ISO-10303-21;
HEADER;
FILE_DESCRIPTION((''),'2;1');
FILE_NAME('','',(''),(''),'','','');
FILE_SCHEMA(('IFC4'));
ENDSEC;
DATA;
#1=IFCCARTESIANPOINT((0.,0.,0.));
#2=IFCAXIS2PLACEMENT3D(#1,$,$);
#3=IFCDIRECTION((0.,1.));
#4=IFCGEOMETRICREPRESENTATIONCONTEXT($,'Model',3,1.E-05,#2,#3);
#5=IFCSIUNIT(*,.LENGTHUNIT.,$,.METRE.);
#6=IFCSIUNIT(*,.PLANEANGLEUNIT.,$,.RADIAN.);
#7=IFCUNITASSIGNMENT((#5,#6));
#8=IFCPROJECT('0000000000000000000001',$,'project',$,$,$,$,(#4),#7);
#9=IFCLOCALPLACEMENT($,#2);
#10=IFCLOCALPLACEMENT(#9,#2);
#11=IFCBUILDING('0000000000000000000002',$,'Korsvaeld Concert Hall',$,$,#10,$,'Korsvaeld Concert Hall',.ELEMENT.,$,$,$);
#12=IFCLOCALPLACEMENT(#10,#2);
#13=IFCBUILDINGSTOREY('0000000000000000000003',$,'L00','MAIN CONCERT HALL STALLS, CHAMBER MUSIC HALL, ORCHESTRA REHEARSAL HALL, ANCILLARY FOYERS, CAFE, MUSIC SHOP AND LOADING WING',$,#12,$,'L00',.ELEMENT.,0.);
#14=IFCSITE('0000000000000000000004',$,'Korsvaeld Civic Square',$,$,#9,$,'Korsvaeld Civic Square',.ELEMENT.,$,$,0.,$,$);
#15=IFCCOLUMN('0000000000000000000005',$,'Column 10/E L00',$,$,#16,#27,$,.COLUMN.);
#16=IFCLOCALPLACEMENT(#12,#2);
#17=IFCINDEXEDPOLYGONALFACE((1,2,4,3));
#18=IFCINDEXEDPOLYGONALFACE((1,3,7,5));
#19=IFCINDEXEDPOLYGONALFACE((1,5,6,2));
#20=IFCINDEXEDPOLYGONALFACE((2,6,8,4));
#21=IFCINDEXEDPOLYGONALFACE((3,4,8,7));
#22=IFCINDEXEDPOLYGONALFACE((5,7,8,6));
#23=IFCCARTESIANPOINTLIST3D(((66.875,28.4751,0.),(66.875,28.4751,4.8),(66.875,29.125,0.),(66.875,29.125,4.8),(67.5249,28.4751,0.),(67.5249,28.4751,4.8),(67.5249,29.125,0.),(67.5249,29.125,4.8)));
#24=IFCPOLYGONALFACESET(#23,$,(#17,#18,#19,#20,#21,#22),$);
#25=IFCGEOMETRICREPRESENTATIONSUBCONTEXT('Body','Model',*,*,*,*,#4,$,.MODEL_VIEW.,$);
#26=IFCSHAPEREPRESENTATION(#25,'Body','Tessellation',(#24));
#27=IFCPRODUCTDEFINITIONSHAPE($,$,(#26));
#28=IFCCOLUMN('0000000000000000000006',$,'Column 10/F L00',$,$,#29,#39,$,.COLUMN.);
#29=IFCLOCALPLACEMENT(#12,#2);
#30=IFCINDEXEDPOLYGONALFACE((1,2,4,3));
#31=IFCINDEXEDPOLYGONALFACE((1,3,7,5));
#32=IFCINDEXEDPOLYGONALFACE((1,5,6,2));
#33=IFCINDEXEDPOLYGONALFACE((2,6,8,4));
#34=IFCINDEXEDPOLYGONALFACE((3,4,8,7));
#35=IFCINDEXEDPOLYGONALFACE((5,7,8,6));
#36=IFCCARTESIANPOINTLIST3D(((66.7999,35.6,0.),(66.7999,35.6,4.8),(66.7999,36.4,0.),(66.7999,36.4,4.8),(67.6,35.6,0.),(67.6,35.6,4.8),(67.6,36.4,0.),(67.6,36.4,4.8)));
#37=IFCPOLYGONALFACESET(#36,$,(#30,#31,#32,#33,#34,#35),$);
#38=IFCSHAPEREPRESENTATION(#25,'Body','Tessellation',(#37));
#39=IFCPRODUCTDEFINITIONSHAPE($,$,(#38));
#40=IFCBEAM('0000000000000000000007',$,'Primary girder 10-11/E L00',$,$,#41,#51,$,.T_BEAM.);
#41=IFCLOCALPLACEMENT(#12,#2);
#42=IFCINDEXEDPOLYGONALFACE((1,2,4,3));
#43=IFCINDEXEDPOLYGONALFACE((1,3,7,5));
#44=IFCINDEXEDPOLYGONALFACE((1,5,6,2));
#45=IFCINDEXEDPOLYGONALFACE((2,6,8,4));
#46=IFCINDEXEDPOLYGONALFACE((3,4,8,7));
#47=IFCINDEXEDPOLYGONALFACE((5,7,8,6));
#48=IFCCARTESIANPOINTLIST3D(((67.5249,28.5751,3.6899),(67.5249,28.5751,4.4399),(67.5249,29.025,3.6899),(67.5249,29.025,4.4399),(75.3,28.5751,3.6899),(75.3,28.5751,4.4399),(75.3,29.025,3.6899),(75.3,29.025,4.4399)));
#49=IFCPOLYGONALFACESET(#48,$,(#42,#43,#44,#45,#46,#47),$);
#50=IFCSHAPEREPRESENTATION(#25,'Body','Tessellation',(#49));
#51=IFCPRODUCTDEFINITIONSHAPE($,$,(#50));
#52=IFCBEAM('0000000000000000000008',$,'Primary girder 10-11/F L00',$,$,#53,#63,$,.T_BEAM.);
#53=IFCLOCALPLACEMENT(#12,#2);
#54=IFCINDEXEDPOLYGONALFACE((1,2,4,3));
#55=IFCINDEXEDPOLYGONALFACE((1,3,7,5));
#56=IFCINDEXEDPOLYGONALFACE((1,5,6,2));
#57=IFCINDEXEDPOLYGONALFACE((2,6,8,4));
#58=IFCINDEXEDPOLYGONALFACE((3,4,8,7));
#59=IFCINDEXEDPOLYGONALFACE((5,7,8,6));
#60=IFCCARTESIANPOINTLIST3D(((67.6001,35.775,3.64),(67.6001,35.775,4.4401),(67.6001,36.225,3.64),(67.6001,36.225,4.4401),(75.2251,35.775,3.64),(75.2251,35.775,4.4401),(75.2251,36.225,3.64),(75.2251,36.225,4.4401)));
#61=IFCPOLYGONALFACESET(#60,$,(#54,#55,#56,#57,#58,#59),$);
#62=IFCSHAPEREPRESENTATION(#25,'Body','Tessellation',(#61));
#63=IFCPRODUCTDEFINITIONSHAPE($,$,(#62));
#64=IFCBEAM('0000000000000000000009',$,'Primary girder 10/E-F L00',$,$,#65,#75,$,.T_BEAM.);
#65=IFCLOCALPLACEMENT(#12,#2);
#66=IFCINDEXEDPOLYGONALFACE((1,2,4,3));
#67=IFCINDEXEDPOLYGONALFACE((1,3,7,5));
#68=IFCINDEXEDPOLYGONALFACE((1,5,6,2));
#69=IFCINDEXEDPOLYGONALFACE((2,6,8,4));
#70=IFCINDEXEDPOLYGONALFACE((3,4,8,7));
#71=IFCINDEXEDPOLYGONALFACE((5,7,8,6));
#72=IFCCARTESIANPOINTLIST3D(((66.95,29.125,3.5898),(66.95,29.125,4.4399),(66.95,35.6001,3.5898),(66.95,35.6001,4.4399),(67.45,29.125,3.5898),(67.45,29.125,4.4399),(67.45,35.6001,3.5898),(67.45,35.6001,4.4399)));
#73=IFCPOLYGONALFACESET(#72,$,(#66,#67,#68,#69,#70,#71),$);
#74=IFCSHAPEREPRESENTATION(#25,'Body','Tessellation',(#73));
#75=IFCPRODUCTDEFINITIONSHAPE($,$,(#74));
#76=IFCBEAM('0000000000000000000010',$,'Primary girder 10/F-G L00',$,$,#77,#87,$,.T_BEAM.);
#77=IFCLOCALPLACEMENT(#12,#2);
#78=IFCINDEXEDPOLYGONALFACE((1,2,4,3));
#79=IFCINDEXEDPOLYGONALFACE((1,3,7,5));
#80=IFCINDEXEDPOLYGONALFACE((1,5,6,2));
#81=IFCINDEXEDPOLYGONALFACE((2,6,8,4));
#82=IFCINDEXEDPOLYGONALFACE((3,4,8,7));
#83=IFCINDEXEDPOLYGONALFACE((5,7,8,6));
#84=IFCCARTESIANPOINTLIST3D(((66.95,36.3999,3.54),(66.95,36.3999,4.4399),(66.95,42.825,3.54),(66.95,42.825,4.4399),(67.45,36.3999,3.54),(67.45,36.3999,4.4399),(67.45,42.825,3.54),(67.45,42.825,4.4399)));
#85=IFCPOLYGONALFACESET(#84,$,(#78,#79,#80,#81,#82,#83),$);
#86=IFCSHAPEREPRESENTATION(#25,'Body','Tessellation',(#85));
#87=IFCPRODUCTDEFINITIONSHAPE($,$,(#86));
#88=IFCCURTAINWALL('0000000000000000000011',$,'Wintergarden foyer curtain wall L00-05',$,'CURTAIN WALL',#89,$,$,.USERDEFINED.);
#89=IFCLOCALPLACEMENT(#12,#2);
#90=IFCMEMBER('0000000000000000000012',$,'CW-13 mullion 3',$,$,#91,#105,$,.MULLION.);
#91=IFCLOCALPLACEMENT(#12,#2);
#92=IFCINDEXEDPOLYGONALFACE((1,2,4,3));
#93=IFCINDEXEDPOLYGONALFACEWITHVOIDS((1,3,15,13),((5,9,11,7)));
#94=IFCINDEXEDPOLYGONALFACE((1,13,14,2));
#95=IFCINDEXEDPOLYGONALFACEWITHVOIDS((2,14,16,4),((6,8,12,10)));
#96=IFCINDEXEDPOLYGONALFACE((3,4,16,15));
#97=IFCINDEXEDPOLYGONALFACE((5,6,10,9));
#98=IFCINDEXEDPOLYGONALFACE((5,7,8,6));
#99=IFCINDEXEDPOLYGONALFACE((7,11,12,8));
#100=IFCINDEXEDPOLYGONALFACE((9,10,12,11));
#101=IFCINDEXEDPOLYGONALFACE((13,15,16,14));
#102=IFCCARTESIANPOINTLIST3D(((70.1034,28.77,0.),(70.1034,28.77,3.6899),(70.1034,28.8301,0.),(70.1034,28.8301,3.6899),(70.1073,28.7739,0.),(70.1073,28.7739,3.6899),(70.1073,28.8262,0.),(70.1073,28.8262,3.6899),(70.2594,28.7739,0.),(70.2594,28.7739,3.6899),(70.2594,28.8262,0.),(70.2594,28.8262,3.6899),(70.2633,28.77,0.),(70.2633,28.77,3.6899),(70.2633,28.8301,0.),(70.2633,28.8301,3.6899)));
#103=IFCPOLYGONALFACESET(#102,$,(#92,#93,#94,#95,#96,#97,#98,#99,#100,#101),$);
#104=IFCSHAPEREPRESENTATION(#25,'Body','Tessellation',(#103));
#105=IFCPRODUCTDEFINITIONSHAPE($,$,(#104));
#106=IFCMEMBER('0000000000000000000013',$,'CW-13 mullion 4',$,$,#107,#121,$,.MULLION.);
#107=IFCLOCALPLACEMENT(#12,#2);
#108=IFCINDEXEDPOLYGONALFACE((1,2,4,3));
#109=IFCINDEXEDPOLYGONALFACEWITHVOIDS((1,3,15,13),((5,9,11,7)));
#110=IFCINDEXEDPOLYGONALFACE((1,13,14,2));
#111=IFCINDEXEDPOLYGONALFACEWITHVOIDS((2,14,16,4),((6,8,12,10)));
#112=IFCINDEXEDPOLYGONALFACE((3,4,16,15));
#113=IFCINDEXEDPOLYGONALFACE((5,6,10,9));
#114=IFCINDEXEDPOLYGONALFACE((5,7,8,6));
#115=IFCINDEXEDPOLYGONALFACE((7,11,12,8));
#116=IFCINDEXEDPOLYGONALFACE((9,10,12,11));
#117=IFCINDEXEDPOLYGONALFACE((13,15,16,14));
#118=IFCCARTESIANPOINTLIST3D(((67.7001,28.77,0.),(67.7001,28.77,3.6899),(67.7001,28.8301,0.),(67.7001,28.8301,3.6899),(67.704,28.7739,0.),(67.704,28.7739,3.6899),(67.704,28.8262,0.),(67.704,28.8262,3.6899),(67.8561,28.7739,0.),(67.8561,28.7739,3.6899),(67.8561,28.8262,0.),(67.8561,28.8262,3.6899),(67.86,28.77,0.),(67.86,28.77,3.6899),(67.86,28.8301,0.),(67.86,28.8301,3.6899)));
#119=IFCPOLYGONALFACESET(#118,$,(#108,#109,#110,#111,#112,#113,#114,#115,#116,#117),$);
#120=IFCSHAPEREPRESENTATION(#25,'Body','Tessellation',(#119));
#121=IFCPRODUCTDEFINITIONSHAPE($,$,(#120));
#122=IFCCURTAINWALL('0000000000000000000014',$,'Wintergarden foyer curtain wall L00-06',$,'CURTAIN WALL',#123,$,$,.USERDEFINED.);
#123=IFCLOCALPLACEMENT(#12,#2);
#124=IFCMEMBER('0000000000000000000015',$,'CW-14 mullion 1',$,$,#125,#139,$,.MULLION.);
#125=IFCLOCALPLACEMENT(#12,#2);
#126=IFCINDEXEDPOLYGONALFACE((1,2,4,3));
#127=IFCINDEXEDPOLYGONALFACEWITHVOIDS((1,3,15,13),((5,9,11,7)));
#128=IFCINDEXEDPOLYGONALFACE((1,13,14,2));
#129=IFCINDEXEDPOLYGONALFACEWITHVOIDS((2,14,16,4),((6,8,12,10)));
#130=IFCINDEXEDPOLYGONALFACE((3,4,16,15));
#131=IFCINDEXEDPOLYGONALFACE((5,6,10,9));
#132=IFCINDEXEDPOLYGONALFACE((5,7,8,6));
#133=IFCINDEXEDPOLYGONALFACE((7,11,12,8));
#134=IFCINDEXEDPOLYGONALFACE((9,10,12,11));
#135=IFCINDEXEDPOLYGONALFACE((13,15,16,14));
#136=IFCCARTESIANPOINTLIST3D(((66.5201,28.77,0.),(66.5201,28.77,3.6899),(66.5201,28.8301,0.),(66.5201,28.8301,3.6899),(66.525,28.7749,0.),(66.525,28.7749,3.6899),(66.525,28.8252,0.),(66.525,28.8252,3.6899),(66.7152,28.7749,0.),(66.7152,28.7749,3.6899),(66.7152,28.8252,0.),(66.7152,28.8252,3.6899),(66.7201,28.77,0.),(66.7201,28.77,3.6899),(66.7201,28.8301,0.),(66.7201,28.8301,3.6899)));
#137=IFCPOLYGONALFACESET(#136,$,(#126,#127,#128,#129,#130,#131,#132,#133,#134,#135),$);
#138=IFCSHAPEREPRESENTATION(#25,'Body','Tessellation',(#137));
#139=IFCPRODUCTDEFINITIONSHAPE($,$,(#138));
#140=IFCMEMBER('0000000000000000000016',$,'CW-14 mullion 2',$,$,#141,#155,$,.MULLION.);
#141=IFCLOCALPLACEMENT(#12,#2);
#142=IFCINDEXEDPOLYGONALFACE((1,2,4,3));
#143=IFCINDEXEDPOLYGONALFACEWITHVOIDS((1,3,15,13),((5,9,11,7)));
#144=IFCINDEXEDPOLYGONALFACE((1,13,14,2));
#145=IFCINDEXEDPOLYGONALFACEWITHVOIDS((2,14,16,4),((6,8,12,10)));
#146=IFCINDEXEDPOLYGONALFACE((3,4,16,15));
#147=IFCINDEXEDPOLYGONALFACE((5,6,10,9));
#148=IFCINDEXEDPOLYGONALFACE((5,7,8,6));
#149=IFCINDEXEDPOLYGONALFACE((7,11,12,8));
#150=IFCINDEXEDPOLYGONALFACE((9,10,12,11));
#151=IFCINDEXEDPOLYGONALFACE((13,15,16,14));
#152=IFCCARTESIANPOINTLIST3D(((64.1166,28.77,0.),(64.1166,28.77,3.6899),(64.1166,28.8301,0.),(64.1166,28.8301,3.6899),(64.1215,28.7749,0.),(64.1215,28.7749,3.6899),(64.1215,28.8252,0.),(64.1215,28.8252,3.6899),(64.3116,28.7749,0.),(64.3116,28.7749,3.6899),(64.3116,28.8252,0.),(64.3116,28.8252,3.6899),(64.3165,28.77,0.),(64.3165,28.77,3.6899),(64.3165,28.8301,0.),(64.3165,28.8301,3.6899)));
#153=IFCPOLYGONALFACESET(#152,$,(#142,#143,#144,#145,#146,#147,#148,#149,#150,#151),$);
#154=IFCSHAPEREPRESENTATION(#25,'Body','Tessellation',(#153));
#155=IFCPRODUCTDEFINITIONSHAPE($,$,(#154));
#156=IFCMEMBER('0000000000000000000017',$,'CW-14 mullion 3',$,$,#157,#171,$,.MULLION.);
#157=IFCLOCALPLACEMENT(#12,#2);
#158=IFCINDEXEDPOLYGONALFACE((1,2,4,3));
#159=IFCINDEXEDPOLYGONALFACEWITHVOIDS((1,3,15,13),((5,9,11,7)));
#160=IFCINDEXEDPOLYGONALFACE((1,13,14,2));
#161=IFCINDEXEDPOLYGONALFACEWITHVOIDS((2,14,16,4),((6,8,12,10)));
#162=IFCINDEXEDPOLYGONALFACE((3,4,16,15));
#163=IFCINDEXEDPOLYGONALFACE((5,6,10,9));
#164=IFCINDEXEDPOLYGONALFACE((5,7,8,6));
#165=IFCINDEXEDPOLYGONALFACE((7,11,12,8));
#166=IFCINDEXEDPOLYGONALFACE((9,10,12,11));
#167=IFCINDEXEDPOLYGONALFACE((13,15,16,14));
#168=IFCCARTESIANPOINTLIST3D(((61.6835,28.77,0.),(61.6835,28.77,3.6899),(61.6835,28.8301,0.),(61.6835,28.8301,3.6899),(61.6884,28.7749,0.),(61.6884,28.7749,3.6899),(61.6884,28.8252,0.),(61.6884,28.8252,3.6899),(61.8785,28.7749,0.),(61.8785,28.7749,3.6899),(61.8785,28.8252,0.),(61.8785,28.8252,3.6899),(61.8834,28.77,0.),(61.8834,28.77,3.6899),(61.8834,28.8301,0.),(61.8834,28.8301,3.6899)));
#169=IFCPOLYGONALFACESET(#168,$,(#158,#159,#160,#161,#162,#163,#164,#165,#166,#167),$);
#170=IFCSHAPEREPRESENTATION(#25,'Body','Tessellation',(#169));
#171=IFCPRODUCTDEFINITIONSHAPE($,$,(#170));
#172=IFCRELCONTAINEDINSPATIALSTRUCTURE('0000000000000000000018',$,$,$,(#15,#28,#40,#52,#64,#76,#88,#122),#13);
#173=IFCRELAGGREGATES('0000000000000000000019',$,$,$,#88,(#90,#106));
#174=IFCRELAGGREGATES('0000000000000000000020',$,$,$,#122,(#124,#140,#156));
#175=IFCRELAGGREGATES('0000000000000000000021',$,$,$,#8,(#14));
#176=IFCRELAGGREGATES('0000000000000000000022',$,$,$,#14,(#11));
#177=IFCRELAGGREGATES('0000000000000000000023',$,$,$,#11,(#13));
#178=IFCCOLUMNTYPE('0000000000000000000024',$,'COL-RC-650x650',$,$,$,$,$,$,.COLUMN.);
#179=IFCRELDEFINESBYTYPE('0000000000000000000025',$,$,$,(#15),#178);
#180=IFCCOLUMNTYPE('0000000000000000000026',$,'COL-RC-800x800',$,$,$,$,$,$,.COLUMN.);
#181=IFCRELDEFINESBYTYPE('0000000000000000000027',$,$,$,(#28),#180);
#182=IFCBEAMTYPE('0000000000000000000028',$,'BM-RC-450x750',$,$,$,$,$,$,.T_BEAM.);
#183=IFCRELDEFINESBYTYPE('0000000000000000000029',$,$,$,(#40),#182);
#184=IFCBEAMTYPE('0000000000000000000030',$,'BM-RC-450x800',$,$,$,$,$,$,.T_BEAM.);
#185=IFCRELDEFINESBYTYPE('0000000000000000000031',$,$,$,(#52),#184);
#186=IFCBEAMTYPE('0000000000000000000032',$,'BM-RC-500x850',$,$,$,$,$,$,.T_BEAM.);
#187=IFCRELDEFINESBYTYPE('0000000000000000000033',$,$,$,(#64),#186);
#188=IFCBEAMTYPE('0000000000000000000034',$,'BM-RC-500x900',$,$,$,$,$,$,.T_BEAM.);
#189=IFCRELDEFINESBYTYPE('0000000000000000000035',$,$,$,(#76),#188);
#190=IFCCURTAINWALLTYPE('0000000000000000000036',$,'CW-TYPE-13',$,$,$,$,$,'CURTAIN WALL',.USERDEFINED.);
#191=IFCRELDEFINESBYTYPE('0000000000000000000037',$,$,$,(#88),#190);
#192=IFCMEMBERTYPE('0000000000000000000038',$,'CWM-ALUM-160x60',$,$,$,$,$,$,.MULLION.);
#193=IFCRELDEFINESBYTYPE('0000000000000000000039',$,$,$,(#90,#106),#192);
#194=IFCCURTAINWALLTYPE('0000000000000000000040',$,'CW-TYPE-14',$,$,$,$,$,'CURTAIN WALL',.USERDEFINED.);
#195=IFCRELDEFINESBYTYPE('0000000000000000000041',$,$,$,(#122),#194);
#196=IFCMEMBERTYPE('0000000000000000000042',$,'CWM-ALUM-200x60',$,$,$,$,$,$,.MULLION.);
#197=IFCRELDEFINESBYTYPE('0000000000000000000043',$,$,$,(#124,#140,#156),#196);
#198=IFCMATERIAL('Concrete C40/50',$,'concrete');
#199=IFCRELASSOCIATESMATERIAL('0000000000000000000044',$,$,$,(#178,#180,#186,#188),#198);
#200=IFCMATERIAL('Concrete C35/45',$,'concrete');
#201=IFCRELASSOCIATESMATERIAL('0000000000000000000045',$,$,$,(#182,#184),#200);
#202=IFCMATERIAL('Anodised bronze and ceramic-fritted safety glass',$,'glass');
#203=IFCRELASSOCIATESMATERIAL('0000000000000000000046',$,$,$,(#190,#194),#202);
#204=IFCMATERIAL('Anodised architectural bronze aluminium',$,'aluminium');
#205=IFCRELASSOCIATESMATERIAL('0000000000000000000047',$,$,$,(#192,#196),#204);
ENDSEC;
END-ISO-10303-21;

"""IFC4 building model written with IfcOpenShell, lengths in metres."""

from ifc_helpers import new_model, si_unit, direction, frame, origin, origin_2d, place, context, subcontext, project, spatial, rectangle, hollow_rectangle, extrude, material, material_profile, profile_set, type_object, element, aggregate, save


model = new_model("IFC4")

# Units and contexts
model_context = context("Model", 3, precision=1e-05, world=origin(), true_north=direction((0.0, 1.0)))
body_context = subcontext(model_context, "Body", "Model", "MODEL_VIEW")
ifc_project = project(units=[si_unit("LENGTHUNIT", "METRE"), si_unit("PLANEANGLEUNIT", "RADIAN")], contexts=[model_context])

# Site, building, storey
site_placement = place(None, origin())
site = spatial("IfcSite", under=ifc_project, at=site_placement, Name="Korsvaeld Civic Square", LongName="Korsvaeld Civic Square", CompositionType="ELEMENT", RefElevation=0.0)
building_placement = place(site_placement, origin())
building = spatial("IfcBuilding", under=site, at=building_placement, Name="Korsvaeld Concert Hall", LongName="Korsvaeld Concert Hall", CompositionType="ELEMENT")
storey_placement = place(building_placement, origin())
storey = spatial("IfcBuildingStorey", under=building, at=storey_placement, Name="L00", Description="MAIN CONCERT HALL STALLS, CHAMBER MUSIC HALL, ORCHESTRA REHEARSAL HALL, ANCILLARY FOYERS, CAFE, MUSIC SHOP AND LOADING WING", LongName="L00", CompositionType="ELEMENT", Elevation=0.0)

# Columns
ifc_material_1 = material(Name="Concrete C40/50", Category="concrete")
ifc_material_profile_1 = material_profile(ifc_material_1, rectangle(XDim=0.6499, YDim=0.6499, at=origin_2d()), Name="RC 650x650")
ifc_profile_set_1 = profile_set([ifc_material_profile_1], Name="Concrete C40/50")
column_type_1 = type_object("IfcColumnType", Name="COL-RC-650x650", PredefinedType="COLUMN", material=ifc_profile_set_1)
column_1_placement = place(storey_placement, frame((67.2, 28.8, 0.0), z_axis=(0.0, 0.0, 1.0), x_axis=(1.0, 0.0, 0.0)))
element("IfcColumn", 1, at=column_1_placement, inside=storey, type_object=column_type_1, Name="Column 10/E L00", PredefinedType="COLUMN", context=body_context, shape_type="SweptSolid", body=[
    extrude(rectangle(XDim=0.6499, YDim=0.6499, at=origin_2d()), origin(), (0.0, 0.0, 1.0), 4.8),
])
ifc_material_profile_2 = material_profile(ifc_material_1, rectangle(XDim=0.8, YDim=0.8, at=origin_2d()), Name="RC 800x800")
ifc_profile_set_2 = profile_set([ifc_material_profile_2], Name="Concrete C40/50")
column_type_2 = type_object("IfcColumnType", Name="COL-RC-800x800", PredefinedType="COLUMN", material=ifc_profile_set_2)
column_2_placement = place(storey_placement, frame((67.2, 36.0, 0.0), z_axis=(0.0, 0.0, 1.0), x_axis=(1.0, 0.0, 0.0)))
element("IfcColumn", 2, at=column_2_placement, inside=storey, type_object=column_type_2, Name="Column 10/F L00", PredefinedType="COLUMN", context=body_context, shape_type="SweptSolid", body=[
    extrude(rectangle(XDim=0.8, YDim=0.8, at=origin_2d()), origin(), (0.0, 0.0, 1.0), 4.8),
])

# Beams
ifc_material_2 = material(Name="Concrete C35/45", Category="concrete")
ifc_material_profile_3 = material_profile(ifc_material_2, rectangle(XDim=0.45, YDim=0.75, at=origin_2d()), Name="RC 450x750")
ifc_profile_set_3 = profile_set([ifc_material_profile_3], Name="Concrete C35/45")
beam_type_1 = type_object("IfcBeamType", Name="BM-RC-450x750", PredefinedType="T_BEAM", material=ifc_profile_set_3)
beam_1_placement = place(storey_placement, frame((67.5249, 28.8, 4.0649), z_axis=(1.0, 0.0, 0.0), x_axis=(0.0, 1.0, 0.0)))
element("IfcBeam", 3, at=beam_1_placement, inside=storey, type_object=beam_type_1, Name="Primary girder 10-11/E L00", PredefinedType="T_BEAM", context=body_context, shape_type="SweptSolid", body=[
    extrude(rectangle(XDim=0.45, YDim=0.75, at=origin_2d()), origin(), (0.0, 0.0, 1.0), 7.7751),
])
ifc_material_profile_4 = material_profile(ifc_material_2, rectangle(XDim=0.45, YDim=0.8, at=origin_2d()), Name="RC 450x800")
ifc_profile_set_4 = profile_set([ifc_material_profile_4], Name="Concrete C35/45")
beam_type_2 = type_object("IfcBeamType", Name="BM-RC-450x800", PredefinedType="T_BEAM", material=ifc_profile_set_4)
beam_2_placement = place(storey_placement, frame((67.6001, 36.0, 4.04), z_axis=(1.0, 0.0, 0.0), x_axis=(0.0, 1.0, 0.0)))
element("IfcBeam", 4, at=beam_2_placement, inside=storey, type_object=beam_type_2, Name="Primary girder 10-11/F L00", PredefinedType="T_BEAM", context=body_context, shape_type="SweptSolid", body=[
    extrude(rectangle(XDim=0.45, YDim=0.8, at=origin_2d()), origin(), (0.0, 0.0, 1.0), 7.625),
])
ifc_material_profile_5 = material_profile(ifc_material_1, rectangle(XDim=0.5, YDim=0.8501, at=origin_2d()), Name="RC 500x850")
ifc_profile_set_5 = profile_set([ifc_material_profile_5], Name="Concrete C40/50")
beam_type_3 = type_object("IfcBeamType", Name="BM-RC-500x850", PredefinedType="T_BEAM", material=ifc_profile_set_5)
beam_3_placement = place(storey_placement, frame((67.2, 29.125, 4.0149), z_axis=(0.0, 1.0, 0.0), x_axis=(-1.0, 0.0, 0.0)))
element("IfcBeam", 5, at=beam_3_placement, inside=storey, type_object=beam_type_3, Name="Primary girder 10/E-F L00", PredefinedType="T_BEAM", context=body_context, shape_type="SweptSolid", body=[
    extrude(rectangle(XDim=0.5, YDim=0.8501, at=origin_2d()), origin(), (0.0, 0.0, 1.0), 6.4751),
])
ifc_material_profile_6 = material_profile(ifc_material_1, rectangle(XDim=0.5, YDim=0.8999, at=origin_2d()), Name="RC 500x900")
ifc_profile_set_6 = profile_set([ifc_material_profile_6], Name="Concrete C40/50")
beam_type_4 = type_object("IfcBeamType", Name="BM-RC-500x900", PredefinedType="T_BEAM", material=ifc_profile_set_6)
beam_4_placement = place(storey_placement, frame((67.2, 36.3999, 3.99), z_axis=(0.0, 1.0, 0.0), x_axis=(-1.0, 0.0, 0.0)))
element("IfcBeam", 6, at=beam_4_placement, inside=storey, type_object=beam_type_4, Name="Primary girder 10/F-G L00", PredefinedType="T_BEAM", context=body_context, shape_type="SweptSolid", body=[
    extrude(rectangle(XDim=0.5, YDim=0.8999, at=origin_2d()), origin(), (0.0, 0.0, 1.0), 6.425),
])

# Curtain walls, members
ifc_material_3 = material(Name="Anodised bronze and ceramic-fritted safety glass", Category="glass")
curtain_wall_type_1 = type_object("IfcCurtainWallType", Name="CW-TYPE-13", ElementType="CURTAIN WALL", PredefinedType="USERDEFINED", material=ifc_material_3)
curtain_wall_1_placement = place(storey_placement, origin())
curtain_wall_1 = element("IfcCurtainWall", 7, at=curtain_wall_1_placement, inside=storey, type_object=curtain_wall_type_1, Name="Wintergarden foyer curtain wall L00-05", ObjectType="CURTAIN WALL", PredefinedType="USERDEFINED")
ifc_material_4 = material(Name="Anodised architectural bronze aluminium", Category="aluminium")
ifc_material_profile_7 = material_profile(ifc_material_4, hollow_rectangle(XDim=0.0601, YDim=0.1599, WallThickness=0.0039, at=origin_2d()), Name="CWM 160x60x4")
ifc_profile_set_7 = profile_set([ifc_material_profile_7], Name="Anodised architectural bronze aluminium")
member_type_1 = type_object("IfcMemberType", Name="CWM-ALUM-160x60", PredefinedType="MULLION", material=ifc_profile_set_7)
member_1_placement = place(storey_placement, frame((70.1833, 28.8, 0.0), z_axis=(0.0, 0.0, 1.0), x_axis=(0.0, -1.0, 0.0)))
member_1 = element("IfcMember", 8, at=member_1_placement, type_object=member_type_1, Name="CW-13 mullion 3", PredefinedType="MULLION", context=body_context, shape_type="SweptSolid", body=[
    extrude(hollow_rectangle(XDim=0.0601, YDim=0.1599, WallThickness=0.0039, at=origin_2d()), origin(), (0.0, 0.0, 1.0), 3.6899),
])
member_2_placement = place(storey_placement, frame((67.78, 28.8, 0.0), z_axis=(0.0, 0.0, 1.0), x_axis=(0.0, -1.0, 0.0)))
member_2 = element("IfcMember", 9, at=member_2_placement, type_object=member_type_1, Name="CW-13 mullion 4", PredefinedType="MULLION", context=body_context, shape_type="SweptSolid", body=[
    extrude(hollow_rectangle(XDim=0.0601, YDim=0.1599, WallThickness=0.0039, at=origin_2d()), origin(), (0.0, 0.0, 1.0), 3.6899),
])
curtain_wall_type_2 = type_object("IfcCurtainWallType", Name="CW-TYPE-14", ElementType="CURTAIN WALL", PredefinedType="USERDEFINED", material=ifc_material_3)
curtain_wall_2_placement = place(storey_placement, origin())
curtain_wall_2 = element("IfcCurtainWall", 10, at=curtain_wall_2_placement, inside=storey, type_object=curtain_wall_type_2, Name="Wintergarden foyer curtain wall L00-06", ObjectType="CURTAIN WALL", PredefinedType="USERDEFINED")
ifc_material_profile_8 = material_profile(ifc_material_4, hollow_rectangle(XDim=0.0601, YDim=0.2, WallThickness=0.0049, at=origin_2d()), Name="CWM 200x60x5")
ifc_profile_set_8 = profile_set([ifc_material_profile_8], Name="Anodised architectural bronze aluminium")
member_type_2 = type_object("IfcMemberType", Name="CWM-ALUM-200x60", PredefinedType="MULLION", material=ifc_profile_set_8)
member_3_placement = place(storey_placement, frame((66.6201, 28.8, 0.0), z_axis=(0.0, 0.0, 1.0), x_axis=(0.0, -1.0, 0.0)))
member_3 = element("IfcMember", 11, at=member_3_placement, type_object=member_type_2, Name="CW-14 mullion 1", PredefinedType="MULLION", context=body_context, shape_type="SweptSolid", body=[
    extrude(hollow_rectangle(XDim=0.0601, YDim=0.2, WallThickness=0.0049, at=origin_2d()), origin(), (0.0, 0.0, 1.0), 3.6899),
])
member_4_placement = place(storey_placement, frame((64.2166, 28.8, 0.0), z_axis=(0.0, 0.0, 1.0), x_axis=(0.0, -1.0, 0.0)))
member_4 = element("IfcMember", 12, at=member_4_placement, type_object=member_type_2, Name="CW-14 mullion 2", PredefinedType="MULLION", context=body_context, shape_type="SweptSolid", body=[
    extrude(hollow_rectangle(XDim=0.0601, YDim=0.2, WallThickness=0.0049, at=origin_2d()), origin(), (0.0, 0.0, 1.0), 3.6899),
])
member_5_placement = place(storey_placement, frame((61.7834, 28.8, 0.0), z_axis=(0.0, 0.0, 1.0), x_axis=(0.0, -1.0, 0.0)))
member_5 = element("IfcMember", 13, at=member_5_placement, type_object=member_type_2, Name="CW-14 mullion 3", PredefinedType="MULLION", context=body_context, shape_type="SweptSolid", body=[
    extrude(hollow_rectangle(XDim=0.0601, YDim=0.2, WallThickness=0.0049, at=origin_2d()), origin(), (0.0, 0.0, 1.0), 3.6899),
])

aggregate(curtain_wall_1, [member_1, member_2])
aggregate(curtain_wall_2, [member_3, member_4, member_5])

save(model, "model.ifc")
